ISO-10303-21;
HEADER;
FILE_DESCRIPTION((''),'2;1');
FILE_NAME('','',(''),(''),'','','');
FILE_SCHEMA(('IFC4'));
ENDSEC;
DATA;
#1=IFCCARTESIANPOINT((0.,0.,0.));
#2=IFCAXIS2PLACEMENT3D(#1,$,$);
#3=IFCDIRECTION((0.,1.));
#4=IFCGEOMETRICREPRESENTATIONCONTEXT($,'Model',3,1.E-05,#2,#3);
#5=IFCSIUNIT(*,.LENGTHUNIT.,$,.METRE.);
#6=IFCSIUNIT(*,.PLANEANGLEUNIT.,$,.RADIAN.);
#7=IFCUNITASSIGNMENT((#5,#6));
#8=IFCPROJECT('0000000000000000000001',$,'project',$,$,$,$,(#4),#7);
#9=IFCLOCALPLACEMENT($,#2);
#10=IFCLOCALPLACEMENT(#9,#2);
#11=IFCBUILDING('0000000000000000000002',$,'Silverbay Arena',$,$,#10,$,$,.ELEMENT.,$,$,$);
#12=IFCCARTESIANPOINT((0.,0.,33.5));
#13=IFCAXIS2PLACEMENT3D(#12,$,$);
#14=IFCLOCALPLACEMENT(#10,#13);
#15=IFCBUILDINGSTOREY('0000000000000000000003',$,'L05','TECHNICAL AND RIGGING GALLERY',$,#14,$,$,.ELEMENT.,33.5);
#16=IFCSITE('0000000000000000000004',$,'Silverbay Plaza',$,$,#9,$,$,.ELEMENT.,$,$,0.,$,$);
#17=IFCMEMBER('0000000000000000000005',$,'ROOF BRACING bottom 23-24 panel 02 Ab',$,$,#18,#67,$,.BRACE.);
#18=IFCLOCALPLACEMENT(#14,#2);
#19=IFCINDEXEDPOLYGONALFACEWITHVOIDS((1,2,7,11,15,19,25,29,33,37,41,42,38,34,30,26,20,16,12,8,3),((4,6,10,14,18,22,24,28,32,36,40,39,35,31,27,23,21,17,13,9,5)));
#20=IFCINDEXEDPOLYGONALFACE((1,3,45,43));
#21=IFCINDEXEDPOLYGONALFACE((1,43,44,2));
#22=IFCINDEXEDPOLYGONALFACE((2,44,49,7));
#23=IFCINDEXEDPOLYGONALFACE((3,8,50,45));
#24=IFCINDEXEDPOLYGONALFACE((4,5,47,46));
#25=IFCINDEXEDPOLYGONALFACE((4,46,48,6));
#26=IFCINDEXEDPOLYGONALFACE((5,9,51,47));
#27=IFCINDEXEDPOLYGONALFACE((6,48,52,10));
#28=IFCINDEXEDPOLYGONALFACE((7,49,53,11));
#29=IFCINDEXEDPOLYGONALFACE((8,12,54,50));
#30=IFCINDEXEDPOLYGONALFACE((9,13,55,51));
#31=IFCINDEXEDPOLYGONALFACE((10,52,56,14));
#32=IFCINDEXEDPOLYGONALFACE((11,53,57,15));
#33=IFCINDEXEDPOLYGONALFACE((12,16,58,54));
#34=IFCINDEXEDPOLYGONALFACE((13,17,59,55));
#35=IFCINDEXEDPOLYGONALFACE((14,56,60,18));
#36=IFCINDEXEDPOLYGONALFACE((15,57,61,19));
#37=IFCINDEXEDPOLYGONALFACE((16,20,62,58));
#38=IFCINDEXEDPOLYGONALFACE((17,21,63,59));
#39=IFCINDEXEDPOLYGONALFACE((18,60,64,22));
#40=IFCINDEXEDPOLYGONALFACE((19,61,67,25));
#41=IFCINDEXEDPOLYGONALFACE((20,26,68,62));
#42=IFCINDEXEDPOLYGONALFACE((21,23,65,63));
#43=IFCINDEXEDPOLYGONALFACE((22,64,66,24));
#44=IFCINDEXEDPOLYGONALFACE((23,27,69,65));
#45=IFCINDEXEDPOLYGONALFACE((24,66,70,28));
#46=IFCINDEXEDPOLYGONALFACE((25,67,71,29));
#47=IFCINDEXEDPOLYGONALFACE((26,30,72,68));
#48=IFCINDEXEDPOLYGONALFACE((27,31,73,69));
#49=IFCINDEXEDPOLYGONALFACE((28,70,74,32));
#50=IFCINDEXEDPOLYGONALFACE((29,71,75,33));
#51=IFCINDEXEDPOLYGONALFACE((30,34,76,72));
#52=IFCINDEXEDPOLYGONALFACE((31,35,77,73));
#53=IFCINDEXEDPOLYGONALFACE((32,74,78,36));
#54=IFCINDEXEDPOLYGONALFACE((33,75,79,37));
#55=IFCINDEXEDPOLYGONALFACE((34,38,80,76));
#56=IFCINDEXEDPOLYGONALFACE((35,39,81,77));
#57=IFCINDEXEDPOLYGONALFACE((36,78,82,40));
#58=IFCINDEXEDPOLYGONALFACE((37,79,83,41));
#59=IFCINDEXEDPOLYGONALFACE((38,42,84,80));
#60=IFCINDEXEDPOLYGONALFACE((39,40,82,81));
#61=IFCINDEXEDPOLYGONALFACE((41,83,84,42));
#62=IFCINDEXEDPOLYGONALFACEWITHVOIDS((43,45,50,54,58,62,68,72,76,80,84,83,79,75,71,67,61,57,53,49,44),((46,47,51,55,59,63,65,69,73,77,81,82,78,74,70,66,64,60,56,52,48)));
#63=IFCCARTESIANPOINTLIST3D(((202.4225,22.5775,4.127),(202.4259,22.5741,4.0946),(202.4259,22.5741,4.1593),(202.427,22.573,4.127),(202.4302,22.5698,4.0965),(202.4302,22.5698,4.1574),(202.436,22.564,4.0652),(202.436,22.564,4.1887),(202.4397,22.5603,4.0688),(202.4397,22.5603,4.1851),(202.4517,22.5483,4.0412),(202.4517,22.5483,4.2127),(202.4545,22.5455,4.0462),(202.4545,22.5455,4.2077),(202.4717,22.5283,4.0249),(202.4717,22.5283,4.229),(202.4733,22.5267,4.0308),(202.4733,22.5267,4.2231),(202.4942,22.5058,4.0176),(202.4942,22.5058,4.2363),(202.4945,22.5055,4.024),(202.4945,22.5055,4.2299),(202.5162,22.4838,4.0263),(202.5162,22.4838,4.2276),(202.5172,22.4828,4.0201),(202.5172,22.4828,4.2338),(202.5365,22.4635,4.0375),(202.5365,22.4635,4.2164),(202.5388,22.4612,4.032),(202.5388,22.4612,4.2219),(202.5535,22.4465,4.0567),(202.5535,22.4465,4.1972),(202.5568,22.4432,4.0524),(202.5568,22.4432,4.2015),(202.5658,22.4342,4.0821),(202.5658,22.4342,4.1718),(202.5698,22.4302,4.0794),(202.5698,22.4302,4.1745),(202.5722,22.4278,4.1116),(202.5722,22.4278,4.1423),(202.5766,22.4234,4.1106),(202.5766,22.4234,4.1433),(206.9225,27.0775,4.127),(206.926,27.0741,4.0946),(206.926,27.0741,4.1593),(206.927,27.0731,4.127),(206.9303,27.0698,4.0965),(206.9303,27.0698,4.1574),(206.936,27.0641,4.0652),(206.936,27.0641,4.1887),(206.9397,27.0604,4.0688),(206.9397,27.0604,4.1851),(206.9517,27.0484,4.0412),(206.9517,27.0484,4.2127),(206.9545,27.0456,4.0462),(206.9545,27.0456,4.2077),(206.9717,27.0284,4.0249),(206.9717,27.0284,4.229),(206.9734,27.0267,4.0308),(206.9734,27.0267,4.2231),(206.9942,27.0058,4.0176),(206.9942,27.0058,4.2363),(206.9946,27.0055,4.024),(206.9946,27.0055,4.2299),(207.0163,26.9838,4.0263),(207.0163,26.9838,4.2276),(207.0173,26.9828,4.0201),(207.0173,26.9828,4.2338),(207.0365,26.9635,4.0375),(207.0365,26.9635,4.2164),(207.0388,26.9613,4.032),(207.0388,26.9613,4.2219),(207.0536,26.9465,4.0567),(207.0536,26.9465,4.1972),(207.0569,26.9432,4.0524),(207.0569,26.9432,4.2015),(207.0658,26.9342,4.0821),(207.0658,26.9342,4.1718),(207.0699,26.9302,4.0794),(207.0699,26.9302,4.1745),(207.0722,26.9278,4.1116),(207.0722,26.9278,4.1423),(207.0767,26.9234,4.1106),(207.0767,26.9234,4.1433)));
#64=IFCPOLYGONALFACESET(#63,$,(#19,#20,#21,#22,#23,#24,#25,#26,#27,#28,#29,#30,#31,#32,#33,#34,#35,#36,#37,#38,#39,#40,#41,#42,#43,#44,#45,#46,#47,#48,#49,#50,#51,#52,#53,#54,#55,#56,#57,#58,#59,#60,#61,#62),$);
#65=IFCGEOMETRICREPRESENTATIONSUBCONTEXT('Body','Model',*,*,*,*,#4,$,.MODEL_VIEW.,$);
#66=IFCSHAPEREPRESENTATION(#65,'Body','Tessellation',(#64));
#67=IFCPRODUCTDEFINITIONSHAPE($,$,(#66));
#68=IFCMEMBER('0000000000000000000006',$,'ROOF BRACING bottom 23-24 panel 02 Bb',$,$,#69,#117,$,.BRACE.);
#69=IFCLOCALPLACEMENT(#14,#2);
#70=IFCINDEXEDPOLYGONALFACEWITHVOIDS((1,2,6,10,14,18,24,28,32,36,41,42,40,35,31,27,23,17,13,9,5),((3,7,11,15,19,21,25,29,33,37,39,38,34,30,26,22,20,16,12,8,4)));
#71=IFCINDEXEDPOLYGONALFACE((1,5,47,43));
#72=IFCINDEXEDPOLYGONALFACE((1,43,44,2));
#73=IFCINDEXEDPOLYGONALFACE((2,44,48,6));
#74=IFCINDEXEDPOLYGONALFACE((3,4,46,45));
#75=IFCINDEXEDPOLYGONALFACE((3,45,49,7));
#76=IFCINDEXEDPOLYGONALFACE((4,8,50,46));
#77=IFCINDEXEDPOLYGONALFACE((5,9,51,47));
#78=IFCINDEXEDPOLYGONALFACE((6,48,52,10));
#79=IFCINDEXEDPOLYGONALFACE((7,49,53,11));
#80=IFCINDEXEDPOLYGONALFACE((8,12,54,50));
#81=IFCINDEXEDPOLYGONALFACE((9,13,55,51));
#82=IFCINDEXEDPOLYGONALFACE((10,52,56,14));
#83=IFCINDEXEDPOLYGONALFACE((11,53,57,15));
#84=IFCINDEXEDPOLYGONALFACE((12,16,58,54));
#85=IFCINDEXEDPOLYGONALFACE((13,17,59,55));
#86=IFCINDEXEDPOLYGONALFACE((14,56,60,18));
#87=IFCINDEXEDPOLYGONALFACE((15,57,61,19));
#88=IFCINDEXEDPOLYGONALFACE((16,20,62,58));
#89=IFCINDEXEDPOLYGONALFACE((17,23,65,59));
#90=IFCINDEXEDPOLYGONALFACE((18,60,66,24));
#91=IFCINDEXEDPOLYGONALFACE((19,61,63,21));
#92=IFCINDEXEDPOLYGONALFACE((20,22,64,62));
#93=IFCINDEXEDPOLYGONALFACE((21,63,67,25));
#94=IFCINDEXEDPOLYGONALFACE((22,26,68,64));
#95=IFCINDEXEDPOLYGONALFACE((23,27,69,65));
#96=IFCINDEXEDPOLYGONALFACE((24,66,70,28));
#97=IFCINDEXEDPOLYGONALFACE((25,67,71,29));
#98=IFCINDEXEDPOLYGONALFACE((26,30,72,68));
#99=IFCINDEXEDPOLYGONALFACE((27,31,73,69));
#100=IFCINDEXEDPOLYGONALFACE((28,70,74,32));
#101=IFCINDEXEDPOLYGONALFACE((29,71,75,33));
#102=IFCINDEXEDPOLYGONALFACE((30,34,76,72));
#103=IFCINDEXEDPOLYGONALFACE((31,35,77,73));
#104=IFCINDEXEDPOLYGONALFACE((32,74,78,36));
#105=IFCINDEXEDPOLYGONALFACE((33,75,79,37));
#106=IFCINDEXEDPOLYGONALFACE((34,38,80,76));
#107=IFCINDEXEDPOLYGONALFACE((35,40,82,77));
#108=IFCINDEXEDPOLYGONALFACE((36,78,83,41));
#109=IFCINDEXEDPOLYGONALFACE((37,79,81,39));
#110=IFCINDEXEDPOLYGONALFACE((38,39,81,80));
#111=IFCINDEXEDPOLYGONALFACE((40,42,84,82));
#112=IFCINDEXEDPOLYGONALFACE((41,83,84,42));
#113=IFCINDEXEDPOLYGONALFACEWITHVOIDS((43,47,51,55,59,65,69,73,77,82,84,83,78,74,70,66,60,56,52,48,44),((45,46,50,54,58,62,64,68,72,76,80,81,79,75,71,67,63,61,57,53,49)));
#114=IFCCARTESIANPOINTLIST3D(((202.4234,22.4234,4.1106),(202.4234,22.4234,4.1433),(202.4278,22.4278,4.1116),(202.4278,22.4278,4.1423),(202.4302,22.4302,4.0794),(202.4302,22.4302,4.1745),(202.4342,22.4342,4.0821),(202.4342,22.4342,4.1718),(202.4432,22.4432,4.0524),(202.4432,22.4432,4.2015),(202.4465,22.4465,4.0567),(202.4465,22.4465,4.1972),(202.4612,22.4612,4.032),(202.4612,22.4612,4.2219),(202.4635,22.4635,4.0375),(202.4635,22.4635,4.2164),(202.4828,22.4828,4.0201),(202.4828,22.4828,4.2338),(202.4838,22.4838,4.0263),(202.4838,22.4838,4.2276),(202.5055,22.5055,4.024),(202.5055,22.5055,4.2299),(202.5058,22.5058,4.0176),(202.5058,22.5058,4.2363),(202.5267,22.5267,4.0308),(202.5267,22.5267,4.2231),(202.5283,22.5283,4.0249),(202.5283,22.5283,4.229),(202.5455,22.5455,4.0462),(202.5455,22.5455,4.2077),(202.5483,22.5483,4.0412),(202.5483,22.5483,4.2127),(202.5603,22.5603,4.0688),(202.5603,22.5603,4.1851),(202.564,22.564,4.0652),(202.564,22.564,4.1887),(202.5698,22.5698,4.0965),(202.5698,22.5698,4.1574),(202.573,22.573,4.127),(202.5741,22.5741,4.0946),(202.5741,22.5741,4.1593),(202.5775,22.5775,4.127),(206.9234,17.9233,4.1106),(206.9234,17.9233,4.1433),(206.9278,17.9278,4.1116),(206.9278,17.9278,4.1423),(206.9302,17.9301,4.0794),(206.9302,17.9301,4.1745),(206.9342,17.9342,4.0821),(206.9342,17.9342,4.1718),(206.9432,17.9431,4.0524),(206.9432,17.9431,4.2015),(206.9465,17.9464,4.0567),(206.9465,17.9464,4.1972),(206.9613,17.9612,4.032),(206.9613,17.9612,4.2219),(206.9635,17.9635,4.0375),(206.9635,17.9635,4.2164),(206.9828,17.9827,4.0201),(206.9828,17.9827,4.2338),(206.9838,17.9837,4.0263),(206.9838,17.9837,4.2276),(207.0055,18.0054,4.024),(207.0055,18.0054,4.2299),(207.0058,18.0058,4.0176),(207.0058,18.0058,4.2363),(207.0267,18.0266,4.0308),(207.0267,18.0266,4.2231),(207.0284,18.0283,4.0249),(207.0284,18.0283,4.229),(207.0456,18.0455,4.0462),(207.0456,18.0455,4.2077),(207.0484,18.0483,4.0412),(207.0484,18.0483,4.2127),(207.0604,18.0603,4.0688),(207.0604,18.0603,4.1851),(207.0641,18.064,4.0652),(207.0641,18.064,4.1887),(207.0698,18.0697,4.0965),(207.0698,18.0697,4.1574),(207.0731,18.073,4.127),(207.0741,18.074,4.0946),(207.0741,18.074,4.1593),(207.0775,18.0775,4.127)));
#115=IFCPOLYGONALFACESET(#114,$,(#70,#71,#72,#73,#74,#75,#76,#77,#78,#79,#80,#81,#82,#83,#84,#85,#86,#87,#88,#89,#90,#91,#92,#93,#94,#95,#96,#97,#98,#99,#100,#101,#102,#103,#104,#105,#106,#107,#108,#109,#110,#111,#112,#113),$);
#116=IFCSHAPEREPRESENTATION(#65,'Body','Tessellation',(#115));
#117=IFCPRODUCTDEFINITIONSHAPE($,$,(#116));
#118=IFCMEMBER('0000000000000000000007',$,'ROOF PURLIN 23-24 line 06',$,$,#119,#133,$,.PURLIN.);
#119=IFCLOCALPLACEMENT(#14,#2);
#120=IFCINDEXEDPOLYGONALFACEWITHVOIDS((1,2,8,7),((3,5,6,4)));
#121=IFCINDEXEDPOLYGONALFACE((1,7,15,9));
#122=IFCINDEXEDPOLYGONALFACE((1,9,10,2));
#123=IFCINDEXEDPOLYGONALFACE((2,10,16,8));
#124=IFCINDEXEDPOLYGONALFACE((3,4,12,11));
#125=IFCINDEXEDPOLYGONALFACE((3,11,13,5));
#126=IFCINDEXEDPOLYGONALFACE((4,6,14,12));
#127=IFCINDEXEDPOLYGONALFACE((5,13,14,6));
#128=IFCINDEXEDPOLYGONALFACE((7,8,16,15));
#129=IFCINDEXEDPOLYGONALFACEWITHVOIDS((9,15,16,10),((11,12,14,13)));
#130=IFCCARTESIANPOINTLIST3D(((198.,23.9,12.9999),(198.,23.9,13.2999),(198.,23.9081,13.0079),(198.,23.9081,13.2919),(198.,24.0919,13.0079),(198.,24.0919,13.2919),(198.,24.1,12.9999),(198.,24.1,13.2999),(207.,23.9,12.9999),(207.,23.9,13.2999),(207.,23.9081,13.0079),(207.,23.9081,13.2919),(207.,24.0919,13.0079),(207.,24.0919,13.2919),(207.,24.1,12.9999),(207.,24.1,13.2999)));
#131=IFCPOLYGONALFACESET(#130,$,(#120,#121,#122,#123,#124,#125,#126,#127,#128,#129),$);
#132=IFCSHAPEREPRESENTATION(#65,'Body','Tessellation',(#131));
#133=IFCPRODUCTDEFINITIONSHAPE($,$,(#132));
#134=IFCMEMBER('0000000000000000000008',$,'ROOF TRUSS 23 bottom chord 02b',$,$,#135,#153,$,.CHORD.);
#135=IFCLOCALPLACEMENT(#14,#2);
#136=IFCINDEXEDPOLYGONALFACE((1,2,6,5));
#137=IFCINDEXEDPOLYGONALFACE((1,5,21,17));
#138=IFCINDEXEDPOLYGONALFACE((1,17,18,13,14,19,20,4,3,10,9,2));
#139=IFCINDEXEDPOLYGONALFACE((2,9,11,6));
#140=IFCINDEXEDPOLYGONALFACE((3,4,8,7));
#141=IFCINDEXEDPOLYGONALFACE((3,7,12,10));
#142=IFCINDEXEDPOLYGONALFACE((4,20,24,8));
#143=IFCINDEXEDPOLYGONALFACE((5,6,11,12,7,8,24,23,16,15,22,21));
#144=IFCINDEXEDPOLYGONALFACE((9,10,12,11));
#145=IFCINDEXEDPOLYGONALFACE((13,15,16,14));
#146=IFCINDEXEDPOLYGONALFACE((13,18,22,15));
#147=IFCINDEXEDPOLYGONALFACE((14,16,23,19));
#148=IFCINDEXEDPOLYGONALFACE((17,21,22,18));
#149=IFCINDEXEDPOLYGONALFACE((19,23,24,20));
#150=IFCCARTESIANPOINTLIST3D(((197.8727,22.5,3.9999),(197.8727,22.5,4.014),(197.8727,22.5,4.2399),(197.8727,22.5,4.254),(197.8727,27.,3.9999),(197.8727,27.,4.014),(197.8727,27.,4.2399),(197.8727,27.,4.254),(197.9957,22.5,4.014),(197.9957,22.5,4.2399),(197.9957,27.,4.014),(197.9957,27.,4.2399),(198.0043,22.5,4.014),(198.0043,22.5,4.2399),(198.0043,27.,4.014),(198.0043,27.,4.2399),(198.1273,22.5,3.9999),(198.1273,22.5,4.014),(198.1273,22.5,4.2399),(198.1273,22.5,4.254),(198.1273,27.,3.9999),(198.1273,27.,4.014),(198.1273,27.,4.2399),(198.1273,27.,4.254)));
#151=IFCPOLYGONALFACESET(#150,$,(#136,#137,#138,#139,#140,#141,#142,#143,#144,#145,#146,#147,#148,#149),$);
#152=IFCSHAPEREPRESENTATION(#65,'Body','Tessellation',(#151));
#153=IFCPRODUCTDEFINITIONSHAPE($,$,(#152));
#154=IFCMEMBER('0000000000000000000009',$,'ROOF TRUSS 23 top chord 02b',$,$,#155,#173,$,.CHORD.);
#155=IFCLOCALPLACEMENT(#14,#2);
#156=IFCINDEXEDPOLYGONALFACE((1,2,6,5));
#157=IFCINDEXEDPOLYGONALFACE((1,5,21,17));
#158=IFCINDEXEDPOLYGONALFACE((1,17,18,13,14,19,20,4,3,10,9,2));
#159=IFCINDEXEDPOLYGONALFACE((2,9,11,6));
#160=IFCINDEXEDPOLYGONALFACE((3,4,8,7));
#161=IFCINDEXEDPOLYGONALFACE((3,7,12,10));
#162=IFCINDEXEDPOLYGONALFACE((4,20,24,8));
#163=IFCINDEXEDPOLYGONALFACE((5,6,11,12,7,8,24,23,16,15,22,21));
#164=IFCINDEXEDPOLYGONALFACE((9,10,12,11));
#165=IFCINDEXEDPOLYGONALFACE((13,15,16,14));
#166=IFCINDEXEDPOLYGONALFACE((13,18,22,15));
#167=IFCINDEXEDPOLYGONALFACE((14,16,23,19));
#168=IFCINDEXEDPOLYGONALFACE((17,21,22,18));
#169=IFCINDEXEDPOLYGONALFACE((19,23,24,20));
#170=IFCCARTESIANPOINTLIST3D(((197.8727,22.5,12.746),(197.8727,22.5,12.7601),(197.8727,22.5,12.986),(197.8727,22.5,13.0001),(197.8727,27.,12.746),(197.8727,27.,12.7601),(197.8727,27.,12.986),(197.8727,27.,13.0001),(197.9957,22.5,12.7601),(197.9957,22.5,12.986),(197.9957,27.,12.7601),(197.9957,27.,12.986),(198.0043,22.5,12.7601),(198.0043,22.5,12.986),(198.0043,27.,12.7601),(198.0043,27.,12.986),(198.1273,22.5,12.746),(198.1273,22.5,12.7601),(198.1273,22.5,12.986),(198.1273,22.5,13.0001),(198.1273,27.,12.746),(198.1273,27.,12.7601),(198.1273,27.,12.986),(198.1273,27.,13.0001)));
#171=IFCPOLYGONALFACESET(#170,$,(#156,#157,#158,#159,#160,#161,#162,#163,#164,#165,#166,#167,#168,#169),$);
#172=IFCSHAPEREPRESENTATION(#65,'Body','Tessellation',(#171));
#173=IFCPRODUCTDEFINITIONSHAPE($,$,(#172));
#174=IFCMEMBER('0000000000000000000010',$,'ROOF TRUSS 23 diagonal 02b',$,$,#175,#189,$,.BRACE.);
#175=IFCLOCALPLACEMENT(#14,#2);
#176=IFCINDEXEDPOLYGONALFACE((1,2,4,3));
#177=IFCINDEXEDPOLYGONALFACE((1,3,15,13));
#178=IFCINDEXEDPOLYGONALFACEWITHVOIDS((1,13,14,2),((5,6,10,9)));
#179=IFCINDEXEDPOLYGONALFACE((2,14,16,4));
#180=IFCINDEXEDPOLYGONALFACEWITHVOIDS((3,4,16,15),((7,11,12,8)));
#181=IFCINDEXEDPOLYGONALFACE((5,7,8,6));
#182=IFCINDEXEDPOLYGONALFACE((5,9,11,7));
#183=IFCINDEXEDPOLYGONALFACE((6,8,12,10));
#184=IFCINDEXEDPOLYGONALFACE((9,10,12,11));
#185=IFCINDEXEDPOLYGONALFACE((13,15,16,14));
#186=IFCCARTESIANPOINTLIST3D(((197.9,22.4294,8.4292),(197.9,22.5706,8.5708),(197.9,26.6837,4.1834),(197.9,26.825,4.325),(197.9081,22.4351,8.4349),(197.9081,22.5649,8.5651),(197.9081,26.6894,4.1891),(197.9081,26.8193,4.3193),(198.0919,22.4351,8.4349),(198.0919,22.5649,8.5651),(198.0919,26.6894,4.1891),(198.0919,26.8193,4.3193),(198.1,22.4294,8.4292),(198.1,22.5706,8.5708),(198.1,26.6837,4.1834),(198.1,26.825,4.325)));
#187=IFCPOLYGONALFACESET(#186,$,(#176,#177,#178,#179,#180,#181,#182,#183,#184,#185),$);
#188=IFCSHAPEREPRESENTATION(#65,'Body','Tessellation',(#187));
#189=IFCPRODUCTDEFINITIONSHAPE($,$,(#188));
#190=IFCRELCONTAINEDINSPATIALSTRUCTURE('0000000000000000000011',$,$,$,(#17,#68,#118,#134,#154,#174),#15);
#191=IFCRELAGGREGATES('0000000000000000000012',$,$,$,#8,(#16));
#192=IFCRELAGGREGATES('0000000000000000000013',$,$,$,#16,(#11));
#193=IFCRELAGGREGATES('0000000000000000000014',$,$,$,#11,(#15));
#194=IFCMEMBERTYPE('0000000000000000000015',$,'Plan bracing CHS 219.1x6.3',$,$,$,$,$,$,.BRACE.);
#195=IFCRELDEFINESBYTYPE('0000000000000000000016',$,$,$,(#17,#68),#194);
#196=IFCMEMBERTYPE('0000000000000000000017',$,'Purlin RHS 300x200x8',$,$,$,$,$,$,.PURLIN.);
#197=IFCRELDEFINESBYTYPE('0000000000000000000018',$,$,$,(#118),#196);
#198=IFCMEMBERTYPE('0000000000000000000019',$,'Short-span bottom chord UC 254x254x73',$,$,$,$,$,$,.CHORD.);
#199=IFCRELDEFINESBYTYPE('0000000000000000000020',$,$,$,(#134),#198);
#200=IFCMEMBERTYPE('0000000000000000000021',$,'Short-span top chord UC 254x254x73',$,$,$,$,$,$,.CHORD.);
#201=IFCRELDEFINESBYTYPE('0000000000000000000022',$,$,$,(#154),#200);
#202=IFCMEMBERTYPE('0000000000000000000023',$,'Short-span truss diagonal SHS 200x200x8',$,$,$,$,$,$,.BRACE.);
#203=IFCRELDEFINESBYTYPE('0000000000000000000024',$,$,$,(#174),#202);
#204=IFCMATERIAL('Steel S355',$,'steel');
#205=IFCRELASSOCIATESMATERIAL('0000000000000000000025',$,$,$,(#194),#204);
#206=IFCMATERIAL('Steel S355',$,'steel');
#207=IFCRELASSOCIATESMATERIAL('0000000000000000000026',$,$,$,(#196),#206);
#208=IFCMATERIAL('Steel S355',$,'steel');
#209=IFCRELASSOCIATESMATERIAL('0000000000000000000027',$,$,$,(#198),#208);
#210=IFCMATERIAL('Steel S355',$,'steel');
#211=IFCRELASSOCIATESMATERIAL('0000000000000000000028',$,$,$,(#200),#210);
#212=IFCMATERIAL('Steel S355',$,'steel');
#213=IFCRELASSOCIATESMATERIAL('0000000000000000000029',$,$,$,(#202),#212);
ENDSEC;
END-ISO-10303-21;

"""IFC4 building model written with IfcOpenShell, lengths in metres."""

from ifc_helpers import new_model, si_unit, direction, frame, origin, origin_2d, place, context, subcontext, project, spatial, hollow_rectangle, hollow_circle, i_section, extrude, material, material_profile, profile_set, type_object, element, save


model = new_model("IFC4")

# Units and contexts
model_context = context("Model", 3, precision=1e-05, world=origin(), true_north=direction((0.0, 1.0)))
body_context = subcontext(model_context, "Body", "Model", "MODEL_VIEW")
ifc_project = project(units=[si_unit("LENGTHUNIT", "METRE"), si_unit("PLANEANGLEUNIT", "RADIAN")], contexts=[model_context])

# Site, building, storey
site_placement = place(None, origin())
site = spatial("IfcSite", under=ifc_project, at=site_placement, Name="Silverbay Plaza", CompositionType="ELEMENT", RefElevation=0.0)
building_placement = place(site_placement, origin())
building = spatial("IfcBuilding", under=site, at=building_placement, Name="Silverbay Arena", CompositionType="ELEMENT")
storey_placement = place(building_placement, frame((0.0, 0.0, 33.5)))
storey = spatial("IfcBuildingStorey", under=building, at=storey_placement, Name="L05", Description="TECHNICAL AND RIGGING GALLERY", CompositionType="ELEMENT", Elevation=33.5)

# Members
ifc_material_1 = material(Name="Steel S355", Category="steel")
ifc_material_profile_1 = material_profile(ifc_material_1, hollow_circle(Radius=0.1096, WallThickness=0.0063, at=origin_2d()), Name="CHS 219.1x6.3")
ifc_profile_set_1 = profile_set([ifc_material_profile_1], Name="Steel S355")
member_type_1 = type_object("IfcMemberType", Name="Plan bracing CHS 219.1x6.3", PredefinedType="BRACE", material=ifc_profile_set_1)
for number, where, z_axis, x_axis, name in (
    (1, (202.5, 22.5, 4.127), (0.707107, 0.707107, 0.0), (-0.707107, 0.707107, 0.0), "ROOF BRACING bottom 23-24 panel 02 Ab"),
    (2, (202.5, 22.5, 4.127), (0.707107, -0.707107, 0.0), (0.707107, 0.707107, 0.0), "ROOF BRACING bottom 23-24 panel 02 Bb"),
):
    element("IfcMember", number, at=place(storey_placement, frame(where, z_axis=z_axis, x_axis=x_axis)), inside=storey, type_object=member_type_1, Name=name, PredefinedType="BRACE", context=body_context, shape_type="SweptSolid", body=[
        extrude(hollow_circle(Radius=0.1096, WallThickness=0.0063, at=origin_2d()), origin(), (0.0, 0.0, 1.0), 6.364),
    ])
ifc_material_2 = material(Name="Steel S355", Category="steel")
ifc_material_profile_2 = material_profile(ifc_material_2, hollow_rectangle(XDim=0.2, YDim=0.3, WallThickness=0.0081, at=origin_2d()), Name="RHS 300x200x8")
ifc_profile_set_2 = profile_set([ifc_material_profile_2], Name="Steel S355")
member_type_2 = type_object("IfcMemberType", Name="Purlin RHS 300x200x8", PredefinedType="PURLIN", material=ifc_profile_set_2)
member_1_placement = place(storey_placement, frame((198.0, 24.0, 13.1499), z_axis=(1.0, 0.0, 0.0), x_axis=(0.0, 1.0, 0.0)))
element("IfcMember", 3, at=member_1_placement, inside=storey, type_object=member_type_2, Name="ROOF PURLIN 23-24 line 06", PredefinedType="PURLIN", context=body_context, shape_type="SweptSolid", body=[
    extrude(hollow_rectangle(XDim=0.2, YDim=0.3, WallThickness=0.0081, at=origin_2d()), origin(), (0.0, 0.0, 1.0), 9.0),
])
ifc_material_3 = material(Name="Steel S355", Category="steel")
ifc_material_profile_3 = material_profile(ifc_material_3, i_section(OverallWidth=0.2546, OverallDepth=0.2542, WebThickness=0.0085, FlangeThickness=0.0142, at=origin_2d()), Name="UC 254x254x73")
ifc_profile_set_3 = profile_set([ifc_material_profile_3], Name="Steel S355")
member_type_3 = type_object("IfcMemberType", Name="Short-span bottom chord UC 254x254x73", PredefinedType="CHORD", material=ifc_profile_set_3)
member_2_placement = place(storey_placement, frame((198.0, 22.5, 4.127), z_axis=(0.0, 1.0, 0.0), x_axis=(-1.0, 0.0, 0.0)))
element("IfcMember", 4, at=member_2_placement, inside=storey, type_object=member_type_3, Name="ROOF TRUSS 23 bottom chord 02b", PredefinedType="CHORD", context=body_context, shape_type="SweptSolid", body=[
    extrude(i_section(OverallWidth=0.2546, OverallDepth=0.2542, WebThickness=0.0085, FlangeThickness=0.0142, at=origin_2d()), origin(), (0.0, 0.0, 1.0), 4.5),
])
ifc_material_4 = material(Name="Steel S355", Category="steel")
ifc_material_profile_4 = material_profile(ifc_material_4, i_section(OverallWidth=0.2546, OverallDepth=0.2542, WebThickness=0.0085, FlangeThickness=0.0142, at=origin_2d()), Name="UC 254x254x73")
ifc_profile_set_4 = profile_set([ifc_material_profile_4], Name="Steel S355")
member_type_4 = type_object("IfcMemberType", Name="Short-span top chord UC 254x254x73", PredefinedType="CHORD", material=ifc_profile_set_4)
member_3_placement = place(storey_placement, frame((198.0, 22.5, 12.873), z_axis=(0.0, 1.0, 0.0), x_axis=(-1.0, 0.0, 0.0)))
element("IfcMember", 5, at=member_3_placement, inside=storey, type_object=member_type_4, Name="ROOF TRUSS 23 top chord 02b", PredefinedType="CHORD", context=body_context, shape_type="SweptSolid", body=[
    extrude(i_section(OverallWidth=0.2546, OverallDepth=0.2542, WebThickness=0.0085, FlangeThickness=0.0142, at=origin_2d()), origin(), (0.0, 0.0, 1.0), 4.5),
])
ifc_material_5 = material(Name="Steel S355", Category="steel")
ifc_material_profile_5 = material_profile(ifc_material_5, hollow_rectangle(XDim=0.2, YDim=0.2, WallThickness=0.0081, at=origin_2d()), Name="SHS 200x200x8")
ifc_profile_set_5 = profile_set([ifc_material_profile_5], Name="Steel S355")
member_type_5 = type_object("IfcMemberType", Name="Short-span truss diagonal SHS 200x200x8", PredefinedType="BRACE", material=ifc_profile_set_5)
member_4_placement = place(storey_placement, frame((198.0, 22.5, 8.5), z_axis=(0.0, 0.707817, -0.706396), x_axis=(-1.0, 0.0, 0.0)))
element("IfcMember", 6, at=member_4_placement, inside=storey, type_object=member_type_5, Name="ROOF TRUSS 23 diagonal 02b", PredefinedType="BRACE", context=body_context, shape_type="SweptSolid", body=[
    extrude(hollow_rectangle(XDim=0.2, YDim=0.2, WallThickness=0.0081, at=origin_2d()), origin(), (0.0, 0.0, 1.0), 6.0105),
])

save(model, "model.ifc")
